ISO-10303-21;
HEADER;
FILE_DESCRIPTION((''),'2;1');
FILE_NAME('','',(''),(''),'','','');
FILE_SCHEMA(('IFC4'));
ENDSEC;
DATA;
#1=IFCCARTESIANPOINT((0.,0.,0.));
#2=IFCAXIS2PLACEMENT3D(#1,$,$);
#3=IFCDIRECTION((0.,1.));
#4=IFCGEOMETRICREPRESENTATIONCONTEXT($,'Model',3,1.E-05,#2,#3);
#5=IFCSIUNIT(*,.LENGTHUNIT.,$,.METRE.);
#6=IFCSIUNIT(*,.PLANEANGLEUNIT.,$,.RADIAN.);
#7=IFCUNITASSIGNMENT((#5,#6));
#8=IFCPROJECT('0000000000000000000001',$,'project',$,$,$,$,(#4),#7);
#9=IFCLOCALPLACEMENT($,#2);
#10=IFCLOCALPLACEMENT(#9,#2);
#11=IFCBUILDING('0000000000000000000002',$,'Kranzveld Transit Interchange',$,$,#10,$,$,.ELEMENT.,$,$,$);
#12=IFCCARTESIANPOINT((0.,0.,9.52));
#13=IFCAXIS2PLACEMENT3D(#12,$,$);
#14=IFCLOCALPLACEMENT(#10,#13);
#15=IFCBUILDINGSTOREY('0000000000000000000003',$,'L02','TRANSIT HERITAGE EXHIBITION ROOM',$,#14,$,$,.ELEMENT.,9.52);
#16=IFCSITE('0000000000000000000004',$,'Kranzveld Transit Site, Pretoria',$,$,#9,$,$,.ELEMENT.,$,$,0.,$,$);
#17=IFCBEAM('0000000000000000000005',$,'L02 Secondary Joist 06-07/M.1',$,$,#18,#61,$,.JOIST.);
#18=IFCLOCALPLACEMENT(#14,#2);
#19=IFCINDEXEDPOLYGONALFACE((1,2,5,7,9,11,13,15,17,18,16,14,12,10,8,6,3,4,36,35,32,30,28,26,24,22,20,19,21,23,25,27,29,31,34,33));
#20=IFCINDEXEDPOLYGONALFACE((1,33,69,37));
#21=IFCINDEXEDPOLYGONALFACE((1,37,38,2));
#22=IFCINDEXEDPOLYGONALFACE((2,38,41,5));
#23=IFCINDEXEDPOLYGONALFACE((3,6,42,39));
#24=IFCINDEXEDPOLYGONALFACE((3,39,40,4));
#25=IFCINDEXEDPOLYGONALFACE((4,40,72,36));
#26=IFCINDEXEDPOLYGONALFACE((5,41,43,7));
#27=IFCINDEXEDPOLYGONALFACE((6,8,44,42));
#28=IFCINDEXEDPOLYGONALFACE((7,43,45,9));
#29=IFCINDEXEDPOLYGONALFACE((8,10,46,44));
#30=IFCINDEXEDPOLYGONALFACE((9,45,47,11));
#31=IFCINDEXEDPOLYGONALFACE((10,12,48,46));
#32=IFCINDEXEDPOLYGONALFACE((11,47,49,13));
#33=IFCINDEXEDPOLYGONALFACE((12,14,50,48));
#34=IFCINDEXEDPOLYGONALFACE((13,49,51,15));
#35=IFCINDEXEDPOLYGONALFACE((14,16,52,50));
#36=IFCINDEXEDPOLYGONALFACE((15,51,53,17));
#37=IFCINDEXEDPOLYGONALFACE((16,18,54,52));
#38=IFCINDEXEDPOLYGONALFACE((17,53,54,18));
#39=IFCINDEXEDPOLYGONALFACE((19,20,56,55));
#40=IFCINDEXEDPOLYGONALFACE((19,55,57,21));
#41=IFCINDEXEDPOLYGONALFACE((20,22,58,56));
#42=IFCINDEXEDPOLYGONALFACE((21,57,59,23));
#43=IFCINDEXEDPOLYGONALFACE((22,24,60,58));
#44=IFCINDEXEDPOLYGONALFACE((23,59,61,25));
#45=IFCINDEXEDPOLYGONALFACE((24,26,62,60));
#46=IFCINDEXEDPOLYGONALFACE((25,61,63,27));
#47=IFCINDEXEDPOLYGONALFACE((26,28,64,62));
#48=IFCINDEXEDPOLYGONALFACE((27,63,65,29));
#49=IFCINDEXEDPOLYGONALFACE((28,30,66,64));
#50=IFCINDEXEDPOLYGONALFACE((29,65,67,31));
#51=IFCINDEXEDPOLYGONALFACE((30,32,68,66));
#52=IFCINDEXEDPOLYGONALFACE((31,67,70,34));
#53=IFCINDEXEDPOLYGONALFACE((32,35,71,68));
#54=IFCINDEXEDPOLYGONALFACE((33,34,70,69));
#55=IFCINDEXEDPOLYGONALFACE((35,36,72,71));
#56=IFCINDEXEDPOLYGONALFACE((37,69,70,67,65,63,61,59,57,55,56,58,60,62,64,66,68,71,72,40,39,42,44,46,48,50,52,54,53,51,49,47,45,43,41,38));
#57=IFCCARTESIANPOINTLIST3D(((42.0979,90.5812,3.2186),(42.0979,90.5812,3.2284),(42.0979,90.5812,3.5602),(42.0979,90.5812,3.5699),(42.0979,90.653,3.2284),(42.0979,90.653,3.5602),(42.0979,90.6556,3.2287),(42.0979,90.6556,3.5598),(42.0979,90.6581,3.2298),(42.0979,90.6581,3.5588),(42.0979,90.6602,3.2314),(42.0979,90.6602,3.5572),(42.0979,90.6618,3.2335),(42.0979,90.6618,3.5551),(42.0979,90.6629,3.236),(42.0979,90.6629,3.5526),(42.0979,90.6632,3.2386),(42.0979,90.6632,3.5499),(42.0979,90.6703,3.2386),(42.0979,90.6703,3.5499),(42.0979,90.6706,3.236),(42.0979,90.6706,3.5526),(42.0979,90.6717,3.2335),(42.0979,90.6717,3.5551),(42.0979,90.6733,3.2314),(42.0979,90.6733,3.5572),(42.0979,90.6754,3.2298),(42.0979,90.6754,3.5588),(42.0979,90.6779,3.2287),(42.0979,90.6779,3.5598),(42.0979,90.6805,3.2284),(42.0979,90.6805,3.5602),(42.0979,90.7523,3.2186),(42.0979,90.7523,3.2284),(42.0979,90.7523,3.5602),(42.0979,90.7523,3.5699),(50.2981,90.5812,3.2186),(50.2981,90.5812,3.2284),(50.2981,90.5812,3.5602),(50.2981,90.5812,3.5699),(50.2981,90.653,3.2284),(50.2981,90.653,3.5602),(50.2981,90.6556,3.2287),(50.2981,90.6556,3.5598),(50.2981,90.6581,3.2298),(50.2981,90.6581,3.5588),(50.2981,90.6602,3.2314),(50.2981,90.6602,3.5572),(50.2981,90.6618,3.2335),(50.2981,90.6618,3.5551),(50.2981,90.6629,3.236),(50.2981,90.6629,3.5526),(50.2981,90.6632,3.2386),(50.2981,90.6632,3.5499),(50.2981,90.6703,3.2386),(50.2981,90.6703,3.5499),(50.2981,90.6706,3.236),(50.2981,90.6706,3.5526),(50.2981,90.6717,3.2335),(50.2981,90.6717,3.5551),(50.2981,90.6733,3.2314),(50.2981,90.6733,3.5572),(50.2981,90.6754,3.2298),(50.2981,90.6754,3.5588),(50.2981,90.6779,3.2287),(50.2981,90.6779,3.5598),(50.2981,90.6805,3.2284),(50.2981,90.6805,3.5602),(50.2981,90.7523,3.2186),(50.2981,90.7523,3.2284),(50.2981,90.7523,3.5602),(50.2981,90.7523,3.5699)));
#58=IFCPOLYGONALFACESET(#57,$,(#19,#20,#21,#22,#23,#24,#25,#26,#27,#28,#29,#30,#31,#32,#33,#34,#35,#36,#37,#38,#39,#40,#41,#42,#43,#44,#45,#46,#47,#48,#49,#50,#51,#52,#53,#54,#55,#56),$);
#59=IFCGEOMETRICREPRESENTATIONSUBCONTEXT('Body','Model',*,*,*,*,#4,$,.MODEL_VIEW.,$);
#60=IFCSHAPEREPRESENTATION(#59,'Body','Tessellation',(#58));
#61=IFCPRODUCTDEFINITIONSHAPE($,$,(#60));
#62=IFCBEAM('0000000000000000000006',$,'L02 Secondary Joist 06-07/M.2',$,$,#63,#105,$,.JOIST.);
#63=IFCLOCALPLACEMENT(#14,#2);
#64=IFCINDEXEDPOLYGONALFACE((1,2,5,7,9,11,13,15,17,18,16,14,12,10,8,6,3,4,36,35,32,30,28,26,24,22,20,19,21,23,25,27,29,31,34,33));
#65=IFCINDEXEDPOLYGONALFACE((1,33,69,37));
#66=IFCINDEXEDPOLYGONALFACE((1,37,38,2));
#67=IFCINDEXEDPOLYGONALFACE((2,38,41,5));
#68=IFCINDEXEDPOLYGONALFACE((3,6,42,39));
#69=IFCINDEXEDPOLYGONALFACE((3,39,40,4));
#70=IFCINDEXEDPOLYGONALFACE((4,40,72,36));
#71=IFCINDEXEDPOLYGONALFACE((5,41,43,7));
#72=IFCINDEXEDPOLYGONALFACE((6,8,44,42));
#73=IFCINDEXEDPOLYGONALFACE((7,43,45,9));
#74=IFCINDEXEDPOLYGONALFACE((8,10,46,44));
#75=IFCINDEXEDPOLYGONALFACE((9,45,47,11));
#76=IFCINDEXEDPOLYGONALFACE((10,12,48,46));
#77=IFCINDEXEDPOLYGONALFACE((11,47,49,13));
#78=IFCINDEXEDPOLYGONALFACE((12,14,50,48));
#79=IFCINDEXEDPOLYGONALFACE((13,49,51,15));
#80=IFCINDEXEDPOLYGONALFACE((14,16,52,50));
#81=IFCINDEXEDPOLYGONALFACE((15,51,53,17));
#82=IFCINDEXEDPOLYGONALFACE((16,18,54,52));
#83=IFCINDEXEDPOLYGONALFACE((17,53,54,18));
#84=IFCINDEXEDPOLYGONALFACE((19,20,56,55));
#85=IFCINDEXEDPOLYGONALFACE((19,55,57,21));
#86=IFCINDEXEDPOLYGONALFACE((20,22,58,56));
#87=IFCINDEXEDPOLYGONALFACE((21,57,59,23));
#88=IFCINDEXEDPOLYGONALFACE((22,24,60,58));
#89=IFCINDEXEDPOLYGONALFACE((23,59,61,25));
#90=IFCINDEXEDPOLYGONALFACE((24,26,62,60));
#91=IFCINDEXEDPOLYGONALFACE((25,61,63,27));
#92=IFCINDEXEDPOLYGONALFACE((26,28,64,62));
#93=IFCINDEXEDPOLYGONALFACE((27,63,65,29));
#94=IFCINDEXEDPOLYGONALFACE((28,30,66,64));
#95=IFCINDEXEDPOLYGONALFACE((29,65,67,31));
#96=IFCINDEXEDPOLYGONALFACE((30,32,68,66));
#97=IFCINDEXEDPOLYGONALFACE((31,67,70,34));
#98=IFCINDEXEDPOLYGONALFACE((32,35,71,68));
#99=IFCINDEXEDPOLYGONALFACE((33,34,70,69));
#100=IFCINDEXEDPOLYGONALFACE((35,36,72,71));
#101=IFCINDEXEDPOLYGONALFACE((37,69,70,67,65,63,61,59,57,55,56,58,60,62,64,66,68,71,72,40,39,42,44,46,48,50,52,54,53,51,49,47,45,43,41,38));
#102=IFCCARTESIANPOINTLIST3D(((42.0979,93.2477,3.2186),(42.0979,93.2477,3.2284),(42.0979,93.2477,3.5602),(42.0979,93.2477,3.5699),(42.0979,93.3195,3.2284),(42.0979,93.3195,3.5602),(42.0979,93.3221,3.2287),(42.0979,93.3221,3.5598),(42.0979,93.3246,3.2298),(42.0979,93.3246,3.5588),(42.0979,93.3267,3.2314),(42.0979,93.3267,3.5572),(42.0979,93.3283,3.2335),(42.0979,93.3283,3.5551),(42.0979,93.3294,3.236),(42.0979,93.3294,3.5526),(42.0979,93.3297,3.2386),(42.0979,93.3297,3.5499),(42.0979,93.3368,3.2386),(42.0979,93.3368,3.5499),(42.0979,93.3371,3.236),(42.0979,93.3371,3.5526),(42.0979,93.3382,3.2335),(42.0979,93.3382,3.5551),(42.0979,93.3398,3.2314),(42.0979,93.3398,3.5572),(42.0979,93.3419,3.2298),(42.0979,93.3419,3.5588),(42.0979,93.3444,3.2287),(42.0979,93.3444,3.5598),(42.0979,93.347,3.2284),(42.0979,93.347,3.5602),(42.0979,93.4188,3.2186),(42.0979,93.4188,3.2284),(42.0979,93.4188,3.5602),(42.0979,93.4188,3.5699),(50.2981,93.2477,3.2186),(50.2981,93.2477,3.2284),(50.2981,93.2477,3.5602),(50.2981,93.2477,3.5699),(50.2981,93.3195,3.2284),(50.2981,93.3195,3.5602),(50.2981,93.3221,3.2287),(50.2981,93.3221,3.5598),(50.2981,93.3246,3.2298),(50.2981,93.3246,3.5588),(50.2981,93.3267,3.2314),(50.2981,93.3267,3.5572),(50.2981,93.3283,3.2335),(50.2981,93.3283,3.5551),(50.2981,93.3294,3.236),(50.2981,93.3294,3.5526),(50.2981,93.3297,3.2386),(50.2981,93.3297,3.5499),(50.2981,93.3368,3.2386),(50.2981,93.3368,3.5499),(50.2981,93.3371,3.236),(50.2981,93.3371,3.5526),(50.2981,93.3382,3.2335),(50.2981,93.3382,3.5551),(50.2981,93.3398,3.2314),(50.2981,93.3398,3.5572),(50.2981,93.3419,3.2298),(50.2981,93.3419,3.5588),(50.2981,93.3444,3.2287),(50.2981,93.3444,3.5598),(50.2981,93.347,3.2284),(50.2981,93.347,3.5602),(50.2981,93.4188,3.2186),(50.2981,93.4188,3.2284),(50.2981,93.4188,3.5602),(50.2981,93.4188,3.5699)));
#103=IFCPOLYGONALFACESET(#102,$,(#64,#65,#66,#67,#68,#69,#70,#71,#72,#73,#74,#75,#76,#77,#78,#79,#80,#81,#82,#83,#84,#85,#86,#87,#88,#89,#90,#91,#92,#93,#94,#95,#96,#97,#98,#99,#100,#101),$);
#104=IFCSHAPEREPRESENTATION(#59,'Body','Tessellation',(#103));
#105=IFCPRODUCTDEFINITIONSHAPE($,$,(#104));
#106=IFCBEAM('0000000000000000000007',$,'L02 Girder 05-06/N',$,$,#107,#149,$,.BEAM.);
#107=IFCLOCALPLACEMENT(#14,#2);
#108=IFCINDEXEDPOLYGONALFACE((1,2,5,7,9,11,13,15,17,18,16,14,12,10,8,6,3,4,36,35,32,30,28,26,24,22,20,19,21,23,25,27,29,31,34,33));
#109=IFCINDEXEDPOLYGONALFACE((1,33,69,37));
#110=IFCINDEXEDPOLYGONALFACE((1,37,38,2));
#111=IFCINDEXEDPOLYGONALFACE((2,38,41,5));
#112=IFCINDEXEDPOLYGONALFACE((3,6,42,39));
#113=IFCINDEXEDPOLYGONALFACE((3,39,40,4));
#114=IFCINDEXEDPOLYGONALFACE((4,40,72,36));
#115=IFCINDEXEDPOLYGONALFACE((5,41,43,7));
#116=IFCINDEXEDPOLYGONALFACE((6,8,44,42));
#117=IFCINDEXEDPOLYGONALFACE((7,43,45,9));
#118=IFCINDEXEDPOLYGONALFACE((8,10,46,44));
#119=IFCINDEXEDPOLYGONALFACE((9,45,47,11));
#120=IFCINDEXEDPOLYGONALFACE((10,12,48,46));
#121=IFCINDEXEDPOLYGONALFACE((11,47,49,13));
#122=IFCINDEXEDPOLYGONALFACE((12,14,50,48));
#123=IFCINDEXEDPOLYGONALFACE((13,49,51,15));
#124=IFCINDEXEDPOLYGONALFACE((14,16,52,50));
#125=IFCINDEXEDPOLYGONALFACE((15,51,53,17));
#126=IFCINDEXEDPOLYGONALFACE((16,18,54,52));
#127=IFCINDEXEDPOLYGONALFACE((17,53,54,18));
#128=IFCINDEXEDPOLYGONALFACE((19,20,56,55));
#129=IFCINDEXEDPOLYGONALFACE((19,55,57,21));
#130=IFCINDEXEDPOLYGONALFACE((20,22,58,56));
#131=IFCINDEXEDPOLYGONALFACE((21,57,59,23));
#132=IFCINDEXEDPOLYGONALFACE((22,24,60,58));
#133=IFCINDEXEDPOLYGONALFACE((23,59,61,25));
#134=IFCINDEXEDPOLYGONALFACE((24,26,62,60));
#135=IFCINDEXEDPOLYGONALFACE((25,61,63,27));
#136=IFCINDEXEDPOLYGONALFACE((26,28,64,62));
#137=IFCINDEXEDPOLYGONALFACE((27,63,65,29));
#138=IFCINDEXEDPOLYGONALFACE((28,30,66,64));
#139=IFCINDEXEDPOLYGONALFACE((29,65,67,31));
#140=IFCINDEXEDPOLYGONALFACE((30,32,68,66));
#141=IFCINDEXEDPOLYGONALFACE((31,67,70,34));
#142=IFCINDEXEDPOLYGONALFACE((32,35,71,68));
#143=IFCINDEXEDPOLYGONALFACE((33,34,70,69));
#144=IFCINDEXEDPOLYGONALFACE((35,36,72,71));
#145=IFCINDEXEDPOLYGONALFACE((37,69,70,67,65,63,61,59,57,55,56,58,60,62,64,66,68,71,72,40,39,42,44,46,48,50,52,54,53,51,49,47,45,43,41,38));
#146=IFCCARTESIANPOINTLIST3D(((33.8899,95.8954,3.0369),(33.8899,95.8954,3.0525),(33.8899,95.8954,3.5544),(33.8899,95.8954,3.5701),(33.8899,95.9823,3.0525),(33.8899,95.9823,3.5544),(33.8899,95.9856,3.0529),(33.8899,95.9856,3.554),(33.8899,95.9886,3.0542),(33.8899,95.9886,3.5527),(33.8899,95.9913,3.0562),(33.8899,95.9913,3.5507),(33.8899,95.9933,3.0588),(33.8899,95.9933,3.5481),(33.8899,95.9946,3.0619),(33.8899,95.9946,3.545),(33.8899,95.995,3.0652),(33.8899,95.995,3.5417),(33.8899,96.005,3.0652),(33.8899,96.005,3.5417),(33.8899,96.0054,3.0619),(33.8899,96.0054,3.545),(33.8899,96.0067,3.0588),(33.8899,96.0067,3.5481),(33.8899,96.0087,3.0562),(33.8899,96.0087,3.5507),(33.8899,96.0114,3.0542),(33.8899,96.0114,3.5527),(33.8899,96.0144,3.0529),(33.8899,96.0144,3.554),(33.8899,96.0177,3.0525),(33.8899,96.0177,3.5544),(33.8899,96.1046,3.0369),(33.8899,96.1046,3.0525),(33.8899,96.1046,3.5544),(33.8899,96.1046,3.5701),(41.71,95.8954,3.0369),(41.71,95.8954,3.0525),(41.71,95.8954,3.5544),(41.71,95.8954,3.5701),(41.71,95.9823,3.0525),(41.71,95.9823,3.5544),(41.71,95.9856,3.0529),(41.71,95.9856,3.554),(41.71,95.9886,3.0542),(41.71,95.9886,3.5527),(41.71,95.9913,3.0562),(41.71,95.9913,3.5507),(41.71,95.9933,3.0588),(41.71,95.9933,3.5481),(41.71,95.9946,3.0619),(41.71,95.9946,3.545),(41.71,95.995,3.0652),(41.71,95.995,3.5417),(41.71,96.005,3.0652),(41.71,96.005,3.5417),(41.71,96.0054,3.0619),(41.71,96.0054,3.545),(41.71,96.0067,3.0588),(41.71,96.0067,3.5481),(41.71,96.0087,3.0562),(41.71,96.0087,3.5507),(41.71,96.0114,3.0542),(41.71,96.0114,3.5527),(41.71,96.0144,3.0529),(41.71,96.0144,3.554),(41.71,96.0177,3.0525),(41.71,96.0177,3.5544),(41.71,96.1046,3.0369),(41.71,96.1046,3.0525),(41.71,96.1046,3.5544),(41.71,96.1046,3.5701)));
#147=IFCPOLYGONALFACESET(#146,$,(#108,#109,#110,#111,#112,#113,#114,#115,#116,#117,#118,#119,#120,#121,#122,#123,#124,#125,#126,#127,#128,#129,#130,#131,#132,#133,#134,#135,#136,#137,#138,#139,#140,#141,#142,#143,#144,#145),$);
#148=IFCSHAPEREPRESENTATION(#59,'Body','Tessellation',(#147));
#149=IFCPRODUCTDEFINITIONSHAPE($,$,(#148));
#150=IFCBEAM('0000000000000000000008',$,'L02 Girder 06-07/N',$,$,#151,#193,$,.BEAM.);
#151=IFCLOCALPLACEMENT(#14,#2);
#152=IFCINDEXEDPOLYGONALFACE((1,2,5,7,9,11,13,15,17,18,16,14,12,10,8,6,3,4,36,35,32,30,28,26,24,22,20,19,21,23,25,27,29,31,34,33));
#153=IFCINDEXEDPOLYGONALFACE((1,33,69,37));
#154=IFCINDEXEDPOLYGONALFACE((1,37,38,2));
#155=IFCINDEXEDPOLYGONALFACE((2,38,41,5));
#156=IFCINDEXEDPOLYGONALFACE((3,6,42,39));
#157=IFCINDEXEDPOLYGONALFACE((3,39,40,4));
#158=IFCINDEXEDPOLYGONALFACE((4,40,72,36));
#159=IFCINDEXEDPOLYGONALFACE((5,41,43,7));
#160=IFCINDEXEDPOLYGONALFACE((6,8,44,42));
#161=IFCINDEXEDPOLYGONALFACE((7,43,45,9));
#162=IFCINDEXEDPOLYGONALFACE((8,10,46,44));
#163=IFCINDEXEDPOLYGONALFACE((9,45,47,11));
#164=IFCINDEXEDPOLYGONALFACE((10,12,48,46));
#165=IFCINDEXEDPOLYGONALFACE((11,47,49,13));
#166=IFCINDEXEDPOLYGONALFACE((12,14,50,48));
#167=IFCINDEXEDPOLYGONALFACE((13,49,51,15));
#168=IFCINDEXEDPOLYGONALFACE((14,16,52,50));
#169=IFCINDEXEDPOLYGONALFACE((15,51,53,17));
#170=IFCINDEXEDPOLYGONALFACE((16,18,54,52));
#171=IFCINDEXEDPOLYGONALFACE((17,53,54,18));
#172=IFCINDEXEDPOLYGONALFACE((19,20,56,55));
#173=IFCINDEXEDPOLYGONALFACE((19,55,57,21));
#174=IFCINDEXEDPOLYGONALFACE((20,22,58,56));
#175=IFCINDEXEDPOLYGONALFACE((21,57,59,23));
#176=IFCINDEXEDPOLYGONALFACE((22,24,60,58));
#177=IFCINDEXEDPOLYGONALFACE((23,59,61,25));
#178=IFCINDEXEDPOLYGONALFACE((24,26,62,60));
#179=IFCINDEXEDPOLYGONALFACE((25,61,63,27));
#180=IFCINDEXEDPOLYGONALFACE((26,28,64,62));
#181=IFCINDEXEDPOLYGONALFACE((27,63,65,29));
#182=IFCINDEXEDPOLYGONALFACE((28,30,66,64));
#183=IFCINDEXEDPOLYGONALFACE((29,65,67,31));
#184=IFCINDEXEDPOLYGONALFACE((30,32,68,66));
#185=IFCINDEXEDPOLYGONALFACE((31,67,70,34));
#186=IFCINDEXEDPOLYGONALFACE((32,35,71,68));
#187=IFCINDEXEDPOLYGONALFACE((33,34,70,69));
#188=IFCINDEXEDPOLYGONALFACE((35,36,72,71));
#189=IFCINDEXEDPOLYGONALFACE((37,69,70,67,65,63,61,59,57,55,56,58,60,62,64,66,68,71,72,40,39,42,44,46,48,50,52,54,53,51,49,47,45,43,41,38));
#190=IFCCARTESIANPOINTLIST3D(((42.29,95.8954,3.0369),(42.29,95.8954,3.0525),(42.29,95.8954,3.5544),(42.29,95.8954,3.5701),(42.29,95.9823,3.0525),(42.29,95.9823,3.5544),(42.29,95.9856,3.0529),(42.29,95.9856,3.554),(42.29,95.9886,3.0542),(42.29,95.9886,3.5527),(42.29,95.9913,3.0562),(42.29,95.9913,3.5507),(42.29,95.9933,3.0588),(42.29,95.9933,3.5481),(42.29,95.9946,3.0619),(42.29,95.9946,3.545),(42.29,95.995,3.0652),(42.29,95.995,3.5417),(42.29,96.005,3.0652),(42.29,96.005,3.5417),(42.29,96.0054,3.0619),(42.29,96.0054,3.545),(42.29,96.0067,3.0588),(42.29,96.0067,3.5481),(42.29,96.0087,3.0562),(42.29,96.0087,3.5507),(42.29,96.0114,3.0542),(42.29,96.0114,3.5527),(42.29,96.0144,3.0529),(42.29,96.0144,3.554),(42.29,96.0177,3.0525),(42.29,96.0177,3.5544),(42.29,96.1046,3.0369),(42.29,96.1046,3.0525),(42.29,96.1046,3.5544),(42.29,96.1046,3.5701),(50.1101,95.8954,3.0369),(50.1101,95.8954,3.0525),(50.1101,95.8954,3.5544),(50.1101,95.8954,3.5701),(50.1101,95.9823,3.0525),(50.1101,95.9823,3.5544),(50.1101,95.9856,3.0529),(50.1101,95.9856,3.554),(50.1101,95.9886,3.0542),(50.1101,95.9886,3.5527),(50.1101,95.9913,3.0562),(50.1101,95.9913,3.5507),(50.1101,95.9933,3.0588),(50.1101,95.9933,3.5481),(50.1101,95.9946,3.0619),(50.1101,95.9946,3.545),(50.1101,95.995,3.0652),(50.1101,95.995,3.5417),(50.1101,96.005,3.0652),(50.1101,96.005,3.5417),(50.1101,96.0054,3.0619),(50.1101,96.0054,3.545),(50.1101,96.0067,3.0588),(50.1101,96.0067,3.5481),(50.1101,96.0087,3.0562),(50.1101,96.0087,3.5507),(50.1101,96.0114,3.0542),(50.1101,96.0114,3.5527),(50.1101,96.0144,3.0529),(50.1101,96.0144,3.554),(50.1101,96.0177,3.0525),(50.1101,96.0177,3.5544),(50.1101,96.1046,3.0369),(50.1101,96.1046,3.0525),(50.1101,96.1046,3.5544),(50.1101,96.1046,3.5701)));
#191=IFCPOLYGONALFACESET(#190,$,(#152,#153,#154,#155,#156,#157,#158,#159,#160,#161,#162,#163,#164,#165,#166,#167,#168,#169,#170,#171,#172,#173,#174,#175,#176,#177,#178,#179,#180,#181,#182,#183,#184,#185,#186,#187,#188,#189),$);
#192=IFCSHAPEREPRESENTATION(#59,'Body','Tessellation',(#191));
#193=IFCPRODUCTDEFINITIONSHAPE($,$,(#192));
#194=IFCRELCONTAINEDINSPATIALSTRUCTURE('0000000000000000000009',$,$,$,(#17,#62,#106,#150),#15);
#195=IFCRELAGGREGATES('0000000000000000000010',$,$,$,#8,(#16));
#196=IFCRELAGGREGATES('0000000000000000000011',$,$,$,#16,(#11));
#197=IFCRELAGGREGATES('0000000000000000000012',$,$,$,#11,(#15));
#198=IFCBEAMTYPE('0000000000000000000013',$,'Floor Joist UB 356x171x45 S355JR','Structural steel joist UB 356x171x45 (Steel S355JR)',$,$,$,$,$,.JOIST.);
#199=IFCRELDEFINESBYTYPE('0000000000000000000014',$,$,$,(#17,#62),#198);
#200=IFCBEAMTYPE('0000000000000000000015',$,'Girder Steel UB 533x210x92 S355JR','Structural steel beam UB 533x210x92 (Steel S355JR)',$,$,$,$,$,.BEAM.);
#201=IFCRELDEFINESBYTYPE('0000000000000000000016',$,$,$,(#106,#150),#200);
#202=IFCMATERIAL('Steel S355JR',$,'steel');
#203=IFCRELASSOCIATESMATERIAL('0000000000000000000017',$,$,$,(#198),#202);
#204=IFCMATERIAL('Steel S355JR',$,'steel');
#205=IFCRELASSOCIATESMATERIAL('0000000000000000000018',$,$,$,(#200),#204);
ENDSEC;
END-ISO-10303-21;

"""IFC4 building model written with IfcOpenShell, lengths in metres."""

from ifc_helpers import new_model, si_unit, direction, frame, origin, origin_2d, place, context, subcontext, project, spatial, i_section, extrude, material, material_profile, profile_set, type_object, element, save


model = new_model("IFC4")

# Units and contexts
model_context = context("Model", 3, precision=1e-05, world=origin(), true_north=direction((0.0, 1.0)))
body_context = subcontext(model_context, "Body", "Model", "MODEL_VIEW")
ifc_project = project(units=[si_unit("LENGTHUNIT", "METRE"), si_unit("PLANEANGLEUNIT", "RADIAN")], contexts=[model_context])

# Site, building, storey
site_placement = place(None, origin())
site = spatial("IfcSite", under=ifc_project, at=site_placement, Name="Kranzveld Transit Site, Pretoria", CompositionType="ELEMENT", RefElevation=0.0)
building_placement = place(site_placement, origin())
building = spatial("IfcBuilding", under=site, at=building_placement, Name="Kranzveld Transit Interchange", CompositionType="ELEMENT")
storey_placement = place(building_placement, frame((0.0, 0.0, 9.52)))
storey = spatial("IfcBuildingStorey", under=building, at=storey_placement, Name="L02", Description="TRANSIT HERITAGE EXHIBITION ROOM", CompositionType="ELEMENT", Elevation=9.52)

# Beams
ifc_material_1 = material(Name="Steel S355JR", Category="steel")
ifc_material_profile_1 = material_profile(ifc_material_1, i_section(OverallWidth=0.1711, OverallDepth=0.3513, WebThickness=0.0071, FlangeThickness=0.0098, FilletRadius=0.0103, at=origin_2d()), Name="UB 356x171x45")
ifc_profile_set_1 = profile_set([ifc_material_profile_1], Name="Steel S355JR")
beam_type_1 = type_object("IfcBeamType", Name="Floor Joist UB 356x171x45 S355JR", Description="Structural steel joist UB 356x171x45 (Steel S355JR)", PredefinedType="JOIST", material=ifc_profile_set_1)
for number, where, z_axis, x_axis, name in (
    (1, (42.0979, 90.6667, 3.3943), (1.0, 0.0, 0.0), (0.0, 1.0, 0.0), "L02 Secondary Joist 06-07/M.1"),
    (2, (42.0979, 93.3333, 3.3943), (1.0, 0.0, 0.0), (0.0, 1.0, 0.0), "L02 Secondary Joist 06-07/M.2"),
):
    element("IfcBeam", number, at=place(storey_placement, frame(where, z_axis=z_axis, x_axis=x_axis)), inside=storey, type_object=beam_type_1, Name=name, PredefinedType="JOIST", context=body_context, shape_type="SweptSolid", body=[
        extrude(i_section(OverallWidth=0.1711, OverallDepth=0.3513, WebThickness=0.0071, FlangeThickness=0.0098, FilletRadius=0.0103, at=origin_2d()), origin(), (0.0, 0.0, 1.0), 8.2002),
    ])
ifc_material_2 = material(Name="Steel S355JR", Category="steel")
ifc_material_profile_2 = material_profile(ifc_material_2, i_section(OverallWidth=0.2092, OverallDepth=0.5332, WebThickness=0.01, FlangeThickness=0.0156, FilletRadius=0.0127, at=origin_2d()), Name="UB 533x210x92")
ifc_profile_set_2 = profile_set([ifc_material_profile_2], Name="Steel S355JR")
beam_type_2 = type_object("IfcBeamType", Name="Girder Steel UB 533x210x92 S355JR", Description="Structural steel beam UB 533x210x92 (Steel S355JR)", PredefinedType="BEAM", material=ifc_profile_set_2)
for number, where, z_axis, x_axis, name in (
    (3, (33.8899, 96.0, 3.3035), (1.0, 0.0, 0.0), (0.0, 1.0, 0.0), "L02 Girder 05-06/N"),
    (4, (42.29, 96.0, 3.3035), (1.0, 0.0, 0.0), (0.0, 1.0, 0.0), "L02 Girder 06-07/N"),
):
    element("IfcBeam", number, at=place(storey_placement, frame(where, z_axis=z_axis, x_axis=x_axis)), inside=storey, type_object=beam_type_2, Name=name, PredefinedType="BEAM", context=body_context, shape_type="SweptSolid", body=[
        extrude(i_section(OverallWidth=0.2092, OverallDepth=0.5332, WebThickness=0.01, FlangeThickness=0.0156, FilletRadius=0.0127, at=origin_2d()), origin(), (0.0, 0.0, 1.0), 7.8201),
    ])

save(model, "model.ifc")
